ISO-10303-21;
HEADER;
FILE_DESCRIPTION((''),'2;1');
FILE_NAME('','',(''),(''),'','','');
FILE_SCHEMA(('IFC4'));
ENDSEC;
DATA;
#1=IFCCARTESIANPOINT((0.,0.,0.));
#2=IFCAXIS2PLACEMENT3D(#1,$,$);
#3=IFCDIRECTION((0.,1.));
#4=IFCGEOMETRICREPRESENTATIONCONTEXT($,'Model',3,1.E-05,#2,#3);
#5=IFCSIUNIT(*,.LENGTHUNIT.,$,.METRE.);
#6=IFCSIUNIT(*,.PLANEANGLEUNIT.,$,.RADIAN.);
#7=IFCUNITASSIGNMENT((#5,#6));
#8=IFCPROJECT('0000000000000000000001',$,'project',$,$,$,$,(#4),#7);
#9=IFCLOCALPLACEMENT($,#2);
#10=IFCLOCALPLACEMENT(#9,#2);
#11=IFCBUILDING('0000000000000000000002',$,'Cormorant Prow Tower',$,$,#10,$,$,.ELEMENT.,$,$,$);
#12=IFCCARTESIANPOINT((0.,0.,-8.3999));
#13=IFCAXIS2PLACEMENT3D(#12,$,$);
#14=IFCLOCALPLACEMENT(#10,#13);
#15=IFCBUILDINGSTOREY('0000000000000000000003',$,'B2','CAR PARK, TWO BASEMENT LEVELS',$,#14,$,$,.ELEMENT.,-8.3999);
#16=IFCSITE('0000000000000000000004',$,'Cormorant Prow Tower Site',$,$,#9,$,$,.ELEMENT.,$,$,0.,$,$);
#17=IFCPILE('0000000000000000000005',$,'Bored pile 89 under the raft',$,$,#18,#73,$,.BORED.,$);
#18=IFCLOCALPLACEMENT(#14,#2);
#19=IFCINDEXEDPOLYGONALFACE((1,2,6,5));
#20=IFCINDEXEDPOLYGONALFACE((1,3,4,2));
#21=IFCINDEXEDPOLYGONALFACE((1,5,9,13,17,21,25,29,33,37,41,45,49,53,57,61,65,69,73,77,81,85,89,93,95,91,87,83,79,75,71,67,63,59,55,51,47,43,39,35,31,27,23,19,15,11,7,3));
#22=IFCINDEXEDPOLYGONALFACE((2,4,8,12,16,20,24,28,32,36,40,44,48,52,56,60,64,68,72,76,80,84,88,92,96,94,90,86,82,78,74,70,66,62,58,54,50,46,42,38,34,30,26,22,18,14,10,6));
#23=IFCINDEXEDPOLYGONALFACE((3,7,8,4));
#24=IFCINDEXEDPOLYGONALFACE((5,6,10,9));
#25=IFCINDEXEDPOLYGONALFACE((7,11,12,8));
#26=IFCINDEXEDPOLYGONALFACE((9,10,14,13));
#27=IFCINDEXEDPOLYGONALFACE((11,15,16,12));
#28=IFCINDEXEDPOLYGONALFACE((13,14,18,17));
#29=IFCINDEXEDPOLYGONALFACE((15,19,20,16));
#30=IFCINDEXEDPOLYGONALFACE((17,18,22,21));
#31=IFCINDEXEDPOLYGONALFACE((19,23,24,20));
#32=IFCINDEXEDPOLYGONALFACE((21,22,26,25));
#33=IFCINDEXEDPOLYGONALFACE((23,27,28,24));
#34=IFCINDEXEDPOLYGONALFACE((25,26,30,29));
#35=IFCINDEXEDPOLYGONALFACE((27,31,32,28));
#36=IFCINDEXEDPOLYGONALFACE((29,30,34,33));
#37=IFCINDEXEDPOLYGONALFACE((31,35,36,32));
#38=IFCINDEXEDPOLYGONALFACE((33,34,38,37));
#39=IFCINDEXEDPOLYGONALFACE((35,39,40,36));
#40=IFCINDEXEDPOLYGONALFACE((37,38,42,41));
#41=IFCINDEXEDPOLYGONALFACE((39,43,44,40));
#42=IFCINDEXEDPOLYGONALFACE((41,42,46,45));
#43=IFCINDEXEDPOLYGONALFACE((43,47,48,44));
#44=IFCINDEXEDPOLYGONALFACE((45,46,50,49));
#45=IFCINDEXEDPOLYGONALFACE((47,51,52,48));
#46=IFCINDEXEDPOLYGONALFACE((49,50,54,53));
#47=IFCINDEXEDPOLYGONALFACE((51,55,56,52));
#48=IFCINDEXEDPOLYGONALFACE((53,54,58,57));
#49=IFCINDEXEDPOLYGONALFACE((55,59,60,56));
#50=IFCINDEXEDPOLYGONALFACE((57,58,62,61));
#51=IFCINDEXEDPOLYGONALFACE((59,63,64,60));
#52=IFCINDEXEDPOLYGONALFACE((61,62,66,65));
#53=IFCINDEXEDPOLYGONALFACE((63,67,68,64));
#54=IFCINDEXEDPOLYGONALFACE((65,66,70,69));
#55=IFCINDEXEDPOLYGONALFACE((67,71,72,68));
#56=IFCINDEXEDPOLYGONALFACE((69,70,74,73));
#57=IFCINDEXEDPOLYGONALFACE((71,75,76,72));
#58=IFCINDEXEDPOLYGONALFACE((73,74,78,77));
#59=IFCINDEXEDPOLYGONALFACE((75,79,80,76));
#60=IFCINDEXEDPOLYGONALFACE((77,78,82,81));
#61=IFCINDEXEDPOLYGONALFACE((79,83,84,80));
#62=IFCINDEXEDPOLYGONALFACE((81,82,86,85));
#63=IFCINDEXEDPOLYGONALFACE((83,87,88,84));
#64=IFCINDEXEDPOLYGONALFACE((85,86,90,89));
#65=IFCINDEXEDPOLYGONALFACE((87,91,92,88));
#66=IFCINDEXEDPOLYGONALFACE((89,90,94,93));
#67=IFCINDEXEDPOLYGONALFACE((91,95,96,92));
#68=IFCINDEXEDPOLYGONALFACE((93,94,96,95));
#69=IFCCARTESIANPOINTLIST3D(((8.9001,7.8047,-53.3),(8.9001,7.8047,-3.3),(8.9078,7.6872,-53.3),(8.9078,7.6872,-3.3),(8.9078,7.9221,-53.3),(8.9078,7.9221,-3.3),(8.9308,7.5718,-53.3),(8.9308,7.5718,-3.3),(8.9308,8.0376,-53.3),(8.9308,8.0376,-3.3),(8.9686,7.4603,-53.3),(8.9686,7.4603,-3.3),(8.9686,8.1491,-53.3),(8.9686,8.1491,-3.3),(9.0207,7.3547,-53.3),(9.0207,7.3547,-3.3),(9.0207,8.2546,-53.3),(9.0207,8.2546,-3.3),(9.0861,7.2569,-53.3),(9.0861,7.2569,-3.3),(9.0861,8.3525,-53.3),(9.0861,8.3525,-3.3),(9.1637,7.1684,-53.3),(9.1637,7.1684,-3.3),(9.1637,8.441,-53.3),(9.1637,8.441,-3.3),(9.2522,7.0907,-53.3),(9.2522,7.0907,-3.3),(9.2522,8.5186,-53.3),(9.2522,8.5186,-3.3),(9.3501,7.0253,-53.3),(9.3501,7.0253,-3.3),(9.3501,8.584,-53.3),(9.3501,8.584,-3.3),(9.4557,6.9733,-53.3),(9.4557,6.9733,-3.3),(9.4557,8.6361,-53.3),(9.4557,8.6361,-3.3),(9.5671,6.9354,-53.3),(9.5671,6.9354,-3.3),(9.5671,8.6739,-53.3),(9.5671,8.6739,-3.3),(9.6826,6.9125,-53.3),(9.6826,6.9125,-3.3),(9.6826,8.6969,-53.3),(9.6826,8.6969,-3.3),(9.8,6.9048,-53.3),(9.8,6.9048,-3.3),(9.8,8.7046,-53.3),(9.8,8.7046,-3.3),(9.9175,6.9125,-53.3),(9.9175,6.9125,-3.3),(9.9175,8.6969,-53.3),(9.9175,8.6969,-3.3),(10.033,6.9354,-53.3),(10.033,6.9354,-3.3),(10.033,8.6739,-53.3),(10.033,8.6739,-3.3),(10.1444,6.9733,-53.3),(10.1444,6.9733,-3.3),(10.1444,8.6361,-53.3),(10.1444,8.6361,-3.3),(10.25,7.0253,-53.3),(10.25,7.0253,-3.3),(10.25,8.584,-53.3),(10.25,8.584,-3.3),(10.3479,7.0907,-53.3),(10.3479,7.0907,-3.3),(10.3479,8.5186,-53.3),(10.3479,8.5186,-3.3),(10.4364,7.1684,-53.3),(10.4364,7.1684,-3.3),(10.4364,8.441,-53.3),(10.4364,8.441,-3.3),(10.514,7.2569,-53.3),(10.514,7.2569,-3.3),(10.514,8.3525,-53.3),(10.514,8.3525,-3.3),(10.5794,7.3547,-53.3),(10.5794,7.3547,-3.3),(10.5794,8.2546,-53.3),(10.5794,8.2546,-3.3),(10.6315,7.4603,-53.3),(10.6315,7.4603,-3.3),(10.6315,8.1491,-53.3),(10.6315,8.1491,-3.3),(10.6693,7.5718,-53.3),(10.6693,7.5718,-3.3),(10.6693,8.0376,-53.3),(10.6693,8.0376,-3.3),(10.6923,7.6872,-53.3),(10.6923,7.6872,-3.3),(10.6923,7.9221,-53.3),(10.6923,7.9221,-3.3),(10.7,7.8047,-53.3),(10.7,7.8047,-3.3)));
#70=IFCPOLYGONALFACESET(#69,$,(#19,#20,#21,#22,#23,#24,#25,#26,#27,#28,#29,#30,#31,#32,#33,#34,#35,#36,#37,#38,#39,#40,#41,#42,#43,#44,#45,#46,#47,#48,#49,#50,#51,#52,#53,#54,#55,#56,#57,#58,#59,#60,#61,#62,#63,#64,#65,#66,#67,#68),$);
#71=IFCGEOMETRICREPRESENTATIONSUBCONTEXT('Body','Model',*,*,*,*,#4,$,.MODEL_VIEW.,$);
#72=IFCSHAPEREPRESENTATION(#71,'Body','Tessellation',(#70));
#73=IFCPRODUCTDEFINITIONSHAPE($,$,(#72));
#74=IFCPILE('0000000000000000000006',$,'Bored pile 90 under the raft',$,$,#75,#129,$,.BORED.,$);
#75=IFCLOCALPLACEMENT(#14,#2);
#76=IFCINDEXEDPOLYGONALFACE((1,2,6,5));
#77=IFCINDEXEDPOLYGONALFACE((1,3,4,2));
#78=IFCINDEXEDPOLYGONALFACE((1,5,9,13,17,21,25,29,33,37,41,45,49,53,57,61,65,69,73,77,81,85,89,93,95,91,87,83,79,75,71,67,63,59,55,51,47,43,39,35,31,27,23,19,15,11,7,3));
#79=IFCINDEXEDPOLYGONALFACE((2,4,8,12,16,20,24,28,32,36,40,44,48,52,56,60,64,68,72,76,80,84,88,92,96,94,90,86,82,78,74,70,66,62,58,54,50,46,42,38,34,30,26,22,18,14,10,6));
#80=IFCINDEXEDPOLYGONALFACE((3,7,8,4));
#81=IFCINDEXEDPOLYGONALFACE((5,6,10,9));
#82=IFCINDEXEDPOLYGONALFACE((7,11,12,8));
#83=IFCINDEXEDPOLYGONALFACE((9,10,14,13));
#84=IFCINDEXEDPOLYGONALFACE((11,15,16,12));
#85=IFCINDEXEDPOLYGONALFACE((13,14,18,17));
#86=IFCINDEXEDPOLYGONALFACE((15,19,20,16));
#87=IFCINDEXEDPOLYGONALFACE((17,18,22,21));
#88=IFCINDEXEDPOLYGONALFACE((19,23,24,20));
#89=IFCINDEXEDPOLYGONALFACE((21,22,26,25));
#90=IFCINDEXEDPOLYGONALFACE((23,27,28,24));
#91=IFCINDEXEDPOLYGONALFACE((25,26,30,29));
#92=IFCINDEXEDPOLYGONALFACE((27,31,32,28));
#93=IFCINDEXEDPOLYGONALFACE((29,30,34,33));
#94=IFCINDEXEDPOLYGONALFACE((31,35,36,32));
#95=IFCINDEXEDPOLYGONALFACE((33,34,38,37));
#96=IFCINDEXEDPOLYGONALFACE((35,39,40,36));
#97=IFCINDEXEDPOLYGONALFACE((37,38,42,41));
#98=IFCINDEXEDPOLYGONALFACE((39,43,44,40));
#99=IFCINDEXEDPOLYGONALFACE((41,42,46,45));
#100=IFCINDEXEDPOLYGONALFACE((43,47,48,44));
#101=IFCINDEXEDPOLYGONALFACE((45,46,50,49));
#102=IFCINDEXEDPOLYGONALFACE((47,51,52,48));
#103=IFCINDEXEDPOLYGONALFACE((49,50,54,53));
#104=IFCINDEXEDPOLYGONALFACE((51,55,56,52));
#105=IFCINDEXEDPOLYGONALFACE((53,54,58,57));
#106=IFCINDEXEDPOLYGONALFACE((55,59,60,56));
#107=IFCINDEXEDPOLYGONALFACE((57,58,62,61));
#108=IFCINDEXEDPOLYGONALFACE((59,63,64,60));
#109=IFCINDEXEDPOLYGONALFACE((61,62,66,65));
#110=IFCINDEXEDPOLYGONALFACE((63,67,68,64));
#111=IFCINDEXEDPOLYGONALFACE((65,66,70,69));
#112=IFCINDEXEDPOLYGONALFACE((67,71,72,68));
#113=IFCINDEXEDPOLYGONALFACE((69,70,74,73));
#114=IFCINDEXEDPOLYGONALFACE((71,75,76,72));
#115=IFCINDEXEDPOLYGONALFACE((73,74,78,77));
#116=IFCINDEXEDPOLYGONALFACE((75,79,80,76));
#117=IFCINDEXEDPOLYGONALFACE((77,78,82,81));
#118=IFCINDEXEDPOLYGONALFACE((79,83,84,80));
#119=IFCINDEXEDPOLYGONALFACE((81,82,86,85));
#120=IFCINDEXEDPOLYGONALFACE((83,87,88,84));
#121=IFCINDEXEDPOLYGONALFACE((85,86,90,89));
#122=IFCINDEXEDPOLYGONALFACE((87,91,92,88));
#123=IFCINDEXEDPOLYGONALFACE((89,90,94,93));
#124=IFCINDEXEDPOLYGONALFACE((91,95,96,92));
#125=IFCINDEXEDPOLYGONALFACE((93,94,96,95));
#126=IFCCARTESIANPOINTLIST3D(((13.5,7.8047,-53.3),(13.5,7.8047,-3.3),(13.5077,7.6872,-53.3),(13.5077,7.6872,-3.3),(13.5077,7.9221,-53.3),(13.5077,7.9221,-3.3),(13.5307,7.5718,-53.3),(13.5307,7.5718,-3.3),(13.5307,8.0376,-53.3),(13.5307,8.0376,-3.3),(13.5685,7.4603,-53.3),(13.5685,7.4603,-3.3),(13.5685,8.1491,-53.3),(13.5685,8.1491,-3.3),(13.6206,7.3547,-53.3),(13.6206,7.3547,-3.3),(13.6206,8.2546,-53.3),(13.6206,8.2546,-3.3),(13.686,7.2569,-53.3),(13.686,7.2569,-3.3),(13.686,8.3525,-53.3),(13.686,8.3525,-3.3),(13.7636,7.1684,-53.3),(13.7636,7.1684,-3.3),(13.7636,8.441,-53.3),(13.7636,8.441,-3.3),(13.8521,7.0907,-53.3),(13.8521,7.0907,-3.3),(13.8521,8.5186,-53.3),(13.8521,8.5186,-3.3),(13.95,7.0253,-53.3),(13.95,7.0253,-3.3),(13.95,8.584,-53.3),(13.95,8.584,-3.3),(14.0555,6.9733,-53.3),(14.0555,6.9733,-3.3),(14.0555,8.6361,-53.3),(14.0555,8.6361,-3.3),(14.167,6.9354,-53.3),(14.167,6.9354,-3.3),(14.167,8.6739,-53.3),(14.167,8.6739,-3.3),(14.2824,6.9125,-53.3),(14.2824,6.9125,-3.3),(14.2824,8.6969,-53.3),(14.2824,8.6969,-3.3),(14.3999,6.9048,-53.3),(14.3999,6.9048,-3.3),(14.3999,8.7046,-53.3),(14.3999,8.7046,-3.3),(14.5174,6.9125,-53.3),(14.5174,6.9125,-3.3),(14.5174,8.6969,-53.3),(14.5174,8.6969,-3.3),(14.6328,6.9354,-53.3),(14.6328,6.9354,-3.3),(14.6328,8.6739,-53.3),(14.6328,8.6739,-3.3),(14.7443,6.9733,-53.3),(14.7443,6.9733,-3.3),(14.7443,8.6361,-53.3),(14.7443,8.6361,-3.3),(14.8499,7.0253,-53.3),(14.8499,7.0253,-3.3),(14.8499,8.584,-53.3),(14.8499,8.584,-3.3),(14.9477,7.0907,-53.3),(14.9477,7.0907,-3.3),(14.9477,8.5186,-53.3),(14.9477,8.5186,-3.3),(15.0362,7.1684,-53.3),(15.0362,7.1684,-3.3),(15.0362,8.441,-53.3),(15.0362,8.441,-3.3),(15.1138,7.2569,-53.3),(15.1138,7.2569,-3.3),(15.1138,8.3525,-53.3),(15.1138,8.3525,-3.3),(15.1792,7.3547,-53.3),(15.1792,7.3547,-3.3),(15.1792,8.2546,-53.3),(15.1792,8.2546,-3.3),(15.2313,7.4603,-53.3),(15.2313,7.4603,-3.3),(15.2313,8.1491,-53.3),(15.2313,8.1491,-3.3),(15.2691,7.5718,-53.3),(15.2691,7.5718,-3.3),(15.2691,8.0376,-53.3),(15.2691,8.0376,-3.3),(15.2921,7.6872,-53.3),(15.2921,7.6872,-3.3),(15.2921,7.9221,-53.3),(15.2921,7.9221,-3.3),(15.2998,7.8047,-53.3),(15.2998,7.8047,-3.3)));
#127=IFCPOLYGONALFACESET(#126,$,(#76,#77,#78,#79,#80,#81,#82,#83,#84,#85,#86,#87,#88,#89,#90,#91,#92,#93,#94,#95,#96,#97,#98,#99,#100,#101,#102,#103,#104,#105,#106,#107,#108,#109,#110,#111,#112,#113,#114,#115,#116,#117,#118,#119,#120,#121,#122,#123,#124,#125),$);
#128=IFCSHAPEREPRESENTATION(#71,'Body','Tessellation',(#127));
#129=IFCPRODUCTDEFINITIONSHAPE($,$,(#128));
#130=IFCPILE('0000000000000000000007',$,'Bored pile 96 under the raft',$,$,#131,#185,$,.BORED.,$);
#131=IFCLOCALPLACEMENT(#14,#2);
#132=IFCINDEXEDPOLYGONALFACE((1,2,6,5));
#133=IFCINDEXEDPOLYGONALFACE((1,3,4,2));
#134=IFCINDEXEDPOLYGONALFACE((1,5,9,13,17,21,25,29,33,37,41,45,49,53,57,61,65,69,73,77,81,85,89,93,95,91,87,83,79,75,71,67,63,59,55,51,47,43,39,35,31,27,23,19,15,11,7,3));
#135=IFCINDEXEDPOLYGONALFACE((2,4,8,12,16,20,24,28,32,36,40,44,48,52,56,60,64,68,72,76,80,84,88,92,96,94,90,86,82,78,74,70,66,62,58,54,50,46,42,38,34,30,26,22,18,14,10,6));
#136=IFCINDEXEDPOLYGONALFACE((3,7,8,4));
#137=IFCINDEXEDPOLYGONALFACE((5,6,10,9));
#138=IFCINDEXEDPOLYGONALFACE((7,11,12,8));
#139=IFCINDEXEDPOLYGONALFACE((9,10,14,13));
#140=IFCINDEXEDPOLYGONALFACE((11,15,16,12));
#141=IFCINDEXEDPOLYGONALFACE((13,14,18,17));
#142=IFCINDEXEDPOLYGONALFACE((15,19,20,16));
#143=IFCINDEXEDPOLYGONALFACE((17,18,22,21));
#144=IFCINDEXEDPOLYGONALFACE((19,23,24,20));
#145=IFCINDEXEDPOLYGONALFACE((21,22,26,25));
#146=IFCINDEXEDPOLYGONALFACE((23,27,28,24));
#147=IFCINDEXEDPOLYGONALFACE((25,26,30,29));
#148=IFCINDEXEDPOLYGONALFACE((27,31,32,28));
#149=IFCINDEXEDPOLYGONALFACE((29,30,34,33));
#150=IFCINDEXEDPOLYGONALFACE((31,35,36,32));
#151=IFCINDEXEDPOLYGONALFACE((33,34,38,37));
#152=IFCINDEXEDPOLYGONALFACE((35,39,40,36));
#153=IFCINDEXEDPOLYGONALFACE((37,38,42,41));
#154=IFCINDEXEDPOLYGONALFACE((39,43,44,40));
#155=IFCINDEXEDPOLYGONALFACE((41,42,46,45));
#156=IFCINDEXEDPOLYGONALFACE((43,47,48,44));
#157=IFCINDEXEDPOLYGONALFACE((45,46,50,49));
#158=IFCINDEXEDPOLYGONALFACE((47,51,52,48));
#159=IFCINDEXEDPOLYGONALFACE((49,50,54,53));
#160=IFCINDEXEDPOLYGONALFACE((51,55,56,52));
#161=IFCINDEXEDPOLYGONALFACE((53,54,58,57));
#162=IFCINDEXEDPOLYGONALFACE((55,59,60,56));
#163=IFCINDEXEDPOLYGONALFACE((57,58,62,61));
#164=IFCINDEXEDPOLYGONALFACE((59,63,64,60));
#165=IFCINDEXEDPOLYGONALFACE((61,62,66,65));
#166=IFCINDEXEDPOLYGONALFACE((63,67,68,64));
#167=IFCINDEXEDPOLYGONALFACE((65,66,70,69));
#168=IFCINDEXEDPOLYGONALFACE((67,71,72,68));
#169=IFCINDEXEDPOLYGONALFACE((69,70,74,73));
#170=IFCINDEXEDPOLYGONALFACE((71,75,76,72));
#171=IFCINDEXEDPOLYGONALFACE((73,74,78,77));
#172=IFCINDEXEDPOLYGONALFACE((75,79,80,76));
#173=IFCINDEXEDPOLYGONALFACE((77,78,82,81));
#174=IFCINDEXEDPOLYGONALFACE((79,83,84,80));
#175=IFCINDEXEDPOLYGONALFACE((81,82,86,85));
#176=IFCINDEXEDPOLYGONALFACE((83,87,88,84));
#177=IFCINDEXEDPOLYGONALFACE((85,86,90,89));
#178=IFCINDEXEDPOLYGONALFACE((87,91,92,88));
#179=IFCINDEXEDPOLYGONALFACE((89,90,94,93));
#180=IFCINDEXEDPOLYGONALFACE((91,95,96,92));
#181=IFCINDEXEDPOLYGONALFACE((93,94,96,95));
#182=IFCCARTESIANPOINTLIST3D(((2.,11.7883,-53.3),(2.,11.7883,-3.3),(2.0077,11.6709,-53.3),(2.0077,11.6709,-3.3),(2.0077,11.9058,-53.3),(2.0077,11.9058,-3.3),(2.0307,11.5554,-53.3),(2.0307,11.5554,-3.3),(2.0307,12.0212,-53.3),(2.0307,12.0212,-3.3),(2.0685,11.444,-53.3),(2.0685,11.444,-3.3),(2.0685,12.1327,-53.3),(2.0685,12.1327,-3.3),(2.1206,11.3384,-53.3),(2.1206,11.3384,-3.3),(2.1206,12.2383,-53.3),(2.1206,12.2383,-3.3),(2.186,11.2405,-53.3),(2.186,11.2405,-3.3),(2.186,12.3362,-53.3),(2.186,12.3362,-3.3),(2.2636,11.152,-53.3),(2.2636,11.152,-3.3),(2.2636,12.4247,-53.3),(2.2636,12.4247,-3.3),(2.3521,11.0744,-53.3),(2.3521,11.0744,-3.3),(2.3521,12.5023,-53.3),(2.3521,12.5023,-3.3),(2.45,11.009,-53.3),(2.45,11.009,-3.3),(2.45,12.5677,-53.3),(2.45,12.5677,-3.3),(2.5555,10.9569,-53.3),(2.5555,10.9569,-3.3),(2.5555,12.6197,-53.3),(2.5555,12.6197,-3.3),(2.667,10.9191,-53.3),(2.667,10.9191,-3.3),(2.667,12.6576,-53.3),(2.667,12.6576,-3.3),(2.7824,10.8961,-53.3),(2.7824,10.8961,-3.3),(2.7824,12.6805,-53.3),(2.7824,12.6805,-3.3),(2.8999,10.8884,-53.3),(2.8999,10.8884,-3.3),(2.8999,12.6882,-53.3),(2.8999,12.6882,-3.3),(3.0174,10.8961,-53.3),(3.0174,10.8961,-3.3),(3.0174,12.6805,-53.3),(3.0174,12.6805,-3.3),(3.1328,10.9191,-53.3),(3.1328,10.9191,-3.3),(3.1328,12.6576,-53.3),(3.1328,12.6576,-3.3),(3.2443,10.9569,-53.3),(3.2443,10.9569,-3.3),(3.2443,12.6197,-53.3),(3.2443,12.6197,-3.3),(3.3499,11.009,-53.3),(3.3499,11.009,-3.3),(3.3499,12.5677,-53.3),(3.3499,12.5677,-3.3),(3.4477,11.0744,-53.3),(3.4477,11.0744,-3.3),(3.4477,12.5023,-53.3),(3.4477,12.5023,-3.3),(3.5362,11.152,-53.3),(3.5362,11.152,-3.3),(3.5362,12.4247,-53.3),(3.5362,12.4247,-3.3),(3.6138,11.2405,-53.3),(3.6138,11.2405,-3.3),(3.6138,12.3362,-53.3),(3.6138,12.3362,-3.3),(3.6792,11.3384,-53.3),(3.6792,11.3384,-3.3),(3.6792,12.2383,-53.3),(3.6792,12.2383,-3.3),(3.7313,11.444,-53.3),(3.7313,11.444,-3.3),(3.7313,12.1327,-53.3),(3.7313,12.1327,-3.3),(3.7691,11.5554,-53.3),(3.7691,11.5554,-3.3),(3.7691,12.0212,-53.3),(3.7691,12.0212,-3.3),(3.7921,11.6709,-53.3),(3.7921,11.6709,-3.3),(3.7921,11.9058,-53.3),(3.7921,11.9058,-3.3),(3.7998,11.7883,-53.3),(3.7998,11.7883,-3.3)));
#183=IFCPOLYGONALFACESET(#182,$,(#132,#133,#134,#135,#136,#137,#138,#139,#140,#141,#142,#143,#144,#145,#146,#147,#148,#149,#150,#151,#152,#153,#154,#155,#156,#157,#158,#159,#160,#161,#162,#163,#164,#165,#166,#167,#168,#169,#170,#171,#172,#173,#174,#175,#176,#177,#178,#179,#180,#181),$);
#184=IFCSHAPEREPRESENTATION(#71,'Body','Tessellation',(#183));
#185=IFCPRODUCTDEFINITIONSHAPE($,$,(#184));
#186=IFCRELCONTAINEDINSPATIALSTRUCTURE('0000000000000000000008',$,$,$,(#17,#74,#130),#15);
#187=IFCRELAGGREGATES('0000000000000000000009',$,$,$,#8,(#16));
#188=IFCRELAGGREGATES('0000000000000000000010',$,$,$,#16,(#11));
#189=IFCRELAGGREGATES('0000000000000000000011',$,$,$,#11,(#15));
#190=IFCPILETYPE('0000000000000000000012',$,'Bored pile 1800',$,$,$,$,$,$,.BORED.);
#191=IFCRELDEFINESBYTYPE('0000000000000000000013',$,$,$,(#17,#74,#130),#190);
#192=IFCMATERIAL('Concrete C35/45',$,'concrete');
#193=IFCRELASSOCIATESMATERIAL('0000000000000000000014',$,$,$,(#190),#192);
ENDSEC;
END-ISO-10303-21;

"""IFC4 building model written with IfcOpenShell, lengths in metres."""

from ifc_helpers import new_model, si_unit, direction, frame, origin, origin_2d, place, context, subcontext, project, spatial, circle, extrude, material, material_profile, profile_set, type_object, element, save


model = new_model("IFC4")

# Units and contexts
model_context = context("Model", 3, precision=1e-05, world=origin(), true_north=direction((0.0, 1.0)))
body_context = subcontext(model_context, "Body", "Model", "MODEL_VIEW")
ifc_project = project(units=[si_unit("LENGTHUNIT", "METRE"), si_unit("PLANEANGLEUNIT", "RADIAN")], contexts=[model_context])

# Site, building, storey
site_placement = place(None, origin())
site = spatial("IfcSite", under=ifc_project, at=site_placement, Name="Cormorant Prow Tower Site", CompositionType="ELEMENT", RefElevation=0.0)
building_placement = place(site_placement, origin())
building = spatial("IfcBuilding", under=site, at=building_placement, Name="Cormorant Prow Tower", CompositionType="ELEMENT")
storey_placement = place(building_placement, frame((0.0, 0.0, -8.3999)))
storey = spatial("IfcBuildingStorey", under=building, at=storey_placement, Name="B2", Description="CAR PARK, TWO BASEMENT LEVELS", CompositionType="ELEMENT", Elevation=-8.3999)

# Piles
ifc_material_1 = material(Name="Concrete C35/45", Category="concrete")
ifc_material_profile_1 = material_profile(ifc_material_1, circle(Radius=0.8999, at=origin_2d()), Name="Round 1800")
ifc_profile_set_1 = profile_set([ifc_material_profile_1], Name="Concrete C35/45")
pile_type_1 = type_object("IfcPileType", Name="Bored pile 1800", PredefinedType="BORED", material=ifc_profile_set_1)
for number, where, z_axis, x_axis, name in (
    (1, (9.8, 7.8047, -3.3), (0.0, 0.0, -1.0), (1.0, 0.0, 0.0), "Bored pile 89 under the raft"),
    (2, (14.3999, 7.8047, -3.3), (0.0, 0.0, -1.0), (1.0, 0.0, 0.0), "Bored pile 90 under the raft"),
    (3, (2.8999, 11.7883, -3.3), (0.0, 0.0, -1.0), (1.0, 0.0, 0.0), "Bored pile 96 under the raft"),
):
    element("IfcPile", number, at=place(storey_placement, frame(where, z_axis=z_axis, x_axis=x_axis)), inside=storey, type_object=pile_type_1, Name=name, PredefinedType="BORED", context=body_context, shape_type="SweptSolid", body=[
        extrude(circle(Radius=0.8999, at=origin_2d()), origin(), (0.0, 0.0, 1.0), 50.0),
    ])

save(model, "model.ifc")
